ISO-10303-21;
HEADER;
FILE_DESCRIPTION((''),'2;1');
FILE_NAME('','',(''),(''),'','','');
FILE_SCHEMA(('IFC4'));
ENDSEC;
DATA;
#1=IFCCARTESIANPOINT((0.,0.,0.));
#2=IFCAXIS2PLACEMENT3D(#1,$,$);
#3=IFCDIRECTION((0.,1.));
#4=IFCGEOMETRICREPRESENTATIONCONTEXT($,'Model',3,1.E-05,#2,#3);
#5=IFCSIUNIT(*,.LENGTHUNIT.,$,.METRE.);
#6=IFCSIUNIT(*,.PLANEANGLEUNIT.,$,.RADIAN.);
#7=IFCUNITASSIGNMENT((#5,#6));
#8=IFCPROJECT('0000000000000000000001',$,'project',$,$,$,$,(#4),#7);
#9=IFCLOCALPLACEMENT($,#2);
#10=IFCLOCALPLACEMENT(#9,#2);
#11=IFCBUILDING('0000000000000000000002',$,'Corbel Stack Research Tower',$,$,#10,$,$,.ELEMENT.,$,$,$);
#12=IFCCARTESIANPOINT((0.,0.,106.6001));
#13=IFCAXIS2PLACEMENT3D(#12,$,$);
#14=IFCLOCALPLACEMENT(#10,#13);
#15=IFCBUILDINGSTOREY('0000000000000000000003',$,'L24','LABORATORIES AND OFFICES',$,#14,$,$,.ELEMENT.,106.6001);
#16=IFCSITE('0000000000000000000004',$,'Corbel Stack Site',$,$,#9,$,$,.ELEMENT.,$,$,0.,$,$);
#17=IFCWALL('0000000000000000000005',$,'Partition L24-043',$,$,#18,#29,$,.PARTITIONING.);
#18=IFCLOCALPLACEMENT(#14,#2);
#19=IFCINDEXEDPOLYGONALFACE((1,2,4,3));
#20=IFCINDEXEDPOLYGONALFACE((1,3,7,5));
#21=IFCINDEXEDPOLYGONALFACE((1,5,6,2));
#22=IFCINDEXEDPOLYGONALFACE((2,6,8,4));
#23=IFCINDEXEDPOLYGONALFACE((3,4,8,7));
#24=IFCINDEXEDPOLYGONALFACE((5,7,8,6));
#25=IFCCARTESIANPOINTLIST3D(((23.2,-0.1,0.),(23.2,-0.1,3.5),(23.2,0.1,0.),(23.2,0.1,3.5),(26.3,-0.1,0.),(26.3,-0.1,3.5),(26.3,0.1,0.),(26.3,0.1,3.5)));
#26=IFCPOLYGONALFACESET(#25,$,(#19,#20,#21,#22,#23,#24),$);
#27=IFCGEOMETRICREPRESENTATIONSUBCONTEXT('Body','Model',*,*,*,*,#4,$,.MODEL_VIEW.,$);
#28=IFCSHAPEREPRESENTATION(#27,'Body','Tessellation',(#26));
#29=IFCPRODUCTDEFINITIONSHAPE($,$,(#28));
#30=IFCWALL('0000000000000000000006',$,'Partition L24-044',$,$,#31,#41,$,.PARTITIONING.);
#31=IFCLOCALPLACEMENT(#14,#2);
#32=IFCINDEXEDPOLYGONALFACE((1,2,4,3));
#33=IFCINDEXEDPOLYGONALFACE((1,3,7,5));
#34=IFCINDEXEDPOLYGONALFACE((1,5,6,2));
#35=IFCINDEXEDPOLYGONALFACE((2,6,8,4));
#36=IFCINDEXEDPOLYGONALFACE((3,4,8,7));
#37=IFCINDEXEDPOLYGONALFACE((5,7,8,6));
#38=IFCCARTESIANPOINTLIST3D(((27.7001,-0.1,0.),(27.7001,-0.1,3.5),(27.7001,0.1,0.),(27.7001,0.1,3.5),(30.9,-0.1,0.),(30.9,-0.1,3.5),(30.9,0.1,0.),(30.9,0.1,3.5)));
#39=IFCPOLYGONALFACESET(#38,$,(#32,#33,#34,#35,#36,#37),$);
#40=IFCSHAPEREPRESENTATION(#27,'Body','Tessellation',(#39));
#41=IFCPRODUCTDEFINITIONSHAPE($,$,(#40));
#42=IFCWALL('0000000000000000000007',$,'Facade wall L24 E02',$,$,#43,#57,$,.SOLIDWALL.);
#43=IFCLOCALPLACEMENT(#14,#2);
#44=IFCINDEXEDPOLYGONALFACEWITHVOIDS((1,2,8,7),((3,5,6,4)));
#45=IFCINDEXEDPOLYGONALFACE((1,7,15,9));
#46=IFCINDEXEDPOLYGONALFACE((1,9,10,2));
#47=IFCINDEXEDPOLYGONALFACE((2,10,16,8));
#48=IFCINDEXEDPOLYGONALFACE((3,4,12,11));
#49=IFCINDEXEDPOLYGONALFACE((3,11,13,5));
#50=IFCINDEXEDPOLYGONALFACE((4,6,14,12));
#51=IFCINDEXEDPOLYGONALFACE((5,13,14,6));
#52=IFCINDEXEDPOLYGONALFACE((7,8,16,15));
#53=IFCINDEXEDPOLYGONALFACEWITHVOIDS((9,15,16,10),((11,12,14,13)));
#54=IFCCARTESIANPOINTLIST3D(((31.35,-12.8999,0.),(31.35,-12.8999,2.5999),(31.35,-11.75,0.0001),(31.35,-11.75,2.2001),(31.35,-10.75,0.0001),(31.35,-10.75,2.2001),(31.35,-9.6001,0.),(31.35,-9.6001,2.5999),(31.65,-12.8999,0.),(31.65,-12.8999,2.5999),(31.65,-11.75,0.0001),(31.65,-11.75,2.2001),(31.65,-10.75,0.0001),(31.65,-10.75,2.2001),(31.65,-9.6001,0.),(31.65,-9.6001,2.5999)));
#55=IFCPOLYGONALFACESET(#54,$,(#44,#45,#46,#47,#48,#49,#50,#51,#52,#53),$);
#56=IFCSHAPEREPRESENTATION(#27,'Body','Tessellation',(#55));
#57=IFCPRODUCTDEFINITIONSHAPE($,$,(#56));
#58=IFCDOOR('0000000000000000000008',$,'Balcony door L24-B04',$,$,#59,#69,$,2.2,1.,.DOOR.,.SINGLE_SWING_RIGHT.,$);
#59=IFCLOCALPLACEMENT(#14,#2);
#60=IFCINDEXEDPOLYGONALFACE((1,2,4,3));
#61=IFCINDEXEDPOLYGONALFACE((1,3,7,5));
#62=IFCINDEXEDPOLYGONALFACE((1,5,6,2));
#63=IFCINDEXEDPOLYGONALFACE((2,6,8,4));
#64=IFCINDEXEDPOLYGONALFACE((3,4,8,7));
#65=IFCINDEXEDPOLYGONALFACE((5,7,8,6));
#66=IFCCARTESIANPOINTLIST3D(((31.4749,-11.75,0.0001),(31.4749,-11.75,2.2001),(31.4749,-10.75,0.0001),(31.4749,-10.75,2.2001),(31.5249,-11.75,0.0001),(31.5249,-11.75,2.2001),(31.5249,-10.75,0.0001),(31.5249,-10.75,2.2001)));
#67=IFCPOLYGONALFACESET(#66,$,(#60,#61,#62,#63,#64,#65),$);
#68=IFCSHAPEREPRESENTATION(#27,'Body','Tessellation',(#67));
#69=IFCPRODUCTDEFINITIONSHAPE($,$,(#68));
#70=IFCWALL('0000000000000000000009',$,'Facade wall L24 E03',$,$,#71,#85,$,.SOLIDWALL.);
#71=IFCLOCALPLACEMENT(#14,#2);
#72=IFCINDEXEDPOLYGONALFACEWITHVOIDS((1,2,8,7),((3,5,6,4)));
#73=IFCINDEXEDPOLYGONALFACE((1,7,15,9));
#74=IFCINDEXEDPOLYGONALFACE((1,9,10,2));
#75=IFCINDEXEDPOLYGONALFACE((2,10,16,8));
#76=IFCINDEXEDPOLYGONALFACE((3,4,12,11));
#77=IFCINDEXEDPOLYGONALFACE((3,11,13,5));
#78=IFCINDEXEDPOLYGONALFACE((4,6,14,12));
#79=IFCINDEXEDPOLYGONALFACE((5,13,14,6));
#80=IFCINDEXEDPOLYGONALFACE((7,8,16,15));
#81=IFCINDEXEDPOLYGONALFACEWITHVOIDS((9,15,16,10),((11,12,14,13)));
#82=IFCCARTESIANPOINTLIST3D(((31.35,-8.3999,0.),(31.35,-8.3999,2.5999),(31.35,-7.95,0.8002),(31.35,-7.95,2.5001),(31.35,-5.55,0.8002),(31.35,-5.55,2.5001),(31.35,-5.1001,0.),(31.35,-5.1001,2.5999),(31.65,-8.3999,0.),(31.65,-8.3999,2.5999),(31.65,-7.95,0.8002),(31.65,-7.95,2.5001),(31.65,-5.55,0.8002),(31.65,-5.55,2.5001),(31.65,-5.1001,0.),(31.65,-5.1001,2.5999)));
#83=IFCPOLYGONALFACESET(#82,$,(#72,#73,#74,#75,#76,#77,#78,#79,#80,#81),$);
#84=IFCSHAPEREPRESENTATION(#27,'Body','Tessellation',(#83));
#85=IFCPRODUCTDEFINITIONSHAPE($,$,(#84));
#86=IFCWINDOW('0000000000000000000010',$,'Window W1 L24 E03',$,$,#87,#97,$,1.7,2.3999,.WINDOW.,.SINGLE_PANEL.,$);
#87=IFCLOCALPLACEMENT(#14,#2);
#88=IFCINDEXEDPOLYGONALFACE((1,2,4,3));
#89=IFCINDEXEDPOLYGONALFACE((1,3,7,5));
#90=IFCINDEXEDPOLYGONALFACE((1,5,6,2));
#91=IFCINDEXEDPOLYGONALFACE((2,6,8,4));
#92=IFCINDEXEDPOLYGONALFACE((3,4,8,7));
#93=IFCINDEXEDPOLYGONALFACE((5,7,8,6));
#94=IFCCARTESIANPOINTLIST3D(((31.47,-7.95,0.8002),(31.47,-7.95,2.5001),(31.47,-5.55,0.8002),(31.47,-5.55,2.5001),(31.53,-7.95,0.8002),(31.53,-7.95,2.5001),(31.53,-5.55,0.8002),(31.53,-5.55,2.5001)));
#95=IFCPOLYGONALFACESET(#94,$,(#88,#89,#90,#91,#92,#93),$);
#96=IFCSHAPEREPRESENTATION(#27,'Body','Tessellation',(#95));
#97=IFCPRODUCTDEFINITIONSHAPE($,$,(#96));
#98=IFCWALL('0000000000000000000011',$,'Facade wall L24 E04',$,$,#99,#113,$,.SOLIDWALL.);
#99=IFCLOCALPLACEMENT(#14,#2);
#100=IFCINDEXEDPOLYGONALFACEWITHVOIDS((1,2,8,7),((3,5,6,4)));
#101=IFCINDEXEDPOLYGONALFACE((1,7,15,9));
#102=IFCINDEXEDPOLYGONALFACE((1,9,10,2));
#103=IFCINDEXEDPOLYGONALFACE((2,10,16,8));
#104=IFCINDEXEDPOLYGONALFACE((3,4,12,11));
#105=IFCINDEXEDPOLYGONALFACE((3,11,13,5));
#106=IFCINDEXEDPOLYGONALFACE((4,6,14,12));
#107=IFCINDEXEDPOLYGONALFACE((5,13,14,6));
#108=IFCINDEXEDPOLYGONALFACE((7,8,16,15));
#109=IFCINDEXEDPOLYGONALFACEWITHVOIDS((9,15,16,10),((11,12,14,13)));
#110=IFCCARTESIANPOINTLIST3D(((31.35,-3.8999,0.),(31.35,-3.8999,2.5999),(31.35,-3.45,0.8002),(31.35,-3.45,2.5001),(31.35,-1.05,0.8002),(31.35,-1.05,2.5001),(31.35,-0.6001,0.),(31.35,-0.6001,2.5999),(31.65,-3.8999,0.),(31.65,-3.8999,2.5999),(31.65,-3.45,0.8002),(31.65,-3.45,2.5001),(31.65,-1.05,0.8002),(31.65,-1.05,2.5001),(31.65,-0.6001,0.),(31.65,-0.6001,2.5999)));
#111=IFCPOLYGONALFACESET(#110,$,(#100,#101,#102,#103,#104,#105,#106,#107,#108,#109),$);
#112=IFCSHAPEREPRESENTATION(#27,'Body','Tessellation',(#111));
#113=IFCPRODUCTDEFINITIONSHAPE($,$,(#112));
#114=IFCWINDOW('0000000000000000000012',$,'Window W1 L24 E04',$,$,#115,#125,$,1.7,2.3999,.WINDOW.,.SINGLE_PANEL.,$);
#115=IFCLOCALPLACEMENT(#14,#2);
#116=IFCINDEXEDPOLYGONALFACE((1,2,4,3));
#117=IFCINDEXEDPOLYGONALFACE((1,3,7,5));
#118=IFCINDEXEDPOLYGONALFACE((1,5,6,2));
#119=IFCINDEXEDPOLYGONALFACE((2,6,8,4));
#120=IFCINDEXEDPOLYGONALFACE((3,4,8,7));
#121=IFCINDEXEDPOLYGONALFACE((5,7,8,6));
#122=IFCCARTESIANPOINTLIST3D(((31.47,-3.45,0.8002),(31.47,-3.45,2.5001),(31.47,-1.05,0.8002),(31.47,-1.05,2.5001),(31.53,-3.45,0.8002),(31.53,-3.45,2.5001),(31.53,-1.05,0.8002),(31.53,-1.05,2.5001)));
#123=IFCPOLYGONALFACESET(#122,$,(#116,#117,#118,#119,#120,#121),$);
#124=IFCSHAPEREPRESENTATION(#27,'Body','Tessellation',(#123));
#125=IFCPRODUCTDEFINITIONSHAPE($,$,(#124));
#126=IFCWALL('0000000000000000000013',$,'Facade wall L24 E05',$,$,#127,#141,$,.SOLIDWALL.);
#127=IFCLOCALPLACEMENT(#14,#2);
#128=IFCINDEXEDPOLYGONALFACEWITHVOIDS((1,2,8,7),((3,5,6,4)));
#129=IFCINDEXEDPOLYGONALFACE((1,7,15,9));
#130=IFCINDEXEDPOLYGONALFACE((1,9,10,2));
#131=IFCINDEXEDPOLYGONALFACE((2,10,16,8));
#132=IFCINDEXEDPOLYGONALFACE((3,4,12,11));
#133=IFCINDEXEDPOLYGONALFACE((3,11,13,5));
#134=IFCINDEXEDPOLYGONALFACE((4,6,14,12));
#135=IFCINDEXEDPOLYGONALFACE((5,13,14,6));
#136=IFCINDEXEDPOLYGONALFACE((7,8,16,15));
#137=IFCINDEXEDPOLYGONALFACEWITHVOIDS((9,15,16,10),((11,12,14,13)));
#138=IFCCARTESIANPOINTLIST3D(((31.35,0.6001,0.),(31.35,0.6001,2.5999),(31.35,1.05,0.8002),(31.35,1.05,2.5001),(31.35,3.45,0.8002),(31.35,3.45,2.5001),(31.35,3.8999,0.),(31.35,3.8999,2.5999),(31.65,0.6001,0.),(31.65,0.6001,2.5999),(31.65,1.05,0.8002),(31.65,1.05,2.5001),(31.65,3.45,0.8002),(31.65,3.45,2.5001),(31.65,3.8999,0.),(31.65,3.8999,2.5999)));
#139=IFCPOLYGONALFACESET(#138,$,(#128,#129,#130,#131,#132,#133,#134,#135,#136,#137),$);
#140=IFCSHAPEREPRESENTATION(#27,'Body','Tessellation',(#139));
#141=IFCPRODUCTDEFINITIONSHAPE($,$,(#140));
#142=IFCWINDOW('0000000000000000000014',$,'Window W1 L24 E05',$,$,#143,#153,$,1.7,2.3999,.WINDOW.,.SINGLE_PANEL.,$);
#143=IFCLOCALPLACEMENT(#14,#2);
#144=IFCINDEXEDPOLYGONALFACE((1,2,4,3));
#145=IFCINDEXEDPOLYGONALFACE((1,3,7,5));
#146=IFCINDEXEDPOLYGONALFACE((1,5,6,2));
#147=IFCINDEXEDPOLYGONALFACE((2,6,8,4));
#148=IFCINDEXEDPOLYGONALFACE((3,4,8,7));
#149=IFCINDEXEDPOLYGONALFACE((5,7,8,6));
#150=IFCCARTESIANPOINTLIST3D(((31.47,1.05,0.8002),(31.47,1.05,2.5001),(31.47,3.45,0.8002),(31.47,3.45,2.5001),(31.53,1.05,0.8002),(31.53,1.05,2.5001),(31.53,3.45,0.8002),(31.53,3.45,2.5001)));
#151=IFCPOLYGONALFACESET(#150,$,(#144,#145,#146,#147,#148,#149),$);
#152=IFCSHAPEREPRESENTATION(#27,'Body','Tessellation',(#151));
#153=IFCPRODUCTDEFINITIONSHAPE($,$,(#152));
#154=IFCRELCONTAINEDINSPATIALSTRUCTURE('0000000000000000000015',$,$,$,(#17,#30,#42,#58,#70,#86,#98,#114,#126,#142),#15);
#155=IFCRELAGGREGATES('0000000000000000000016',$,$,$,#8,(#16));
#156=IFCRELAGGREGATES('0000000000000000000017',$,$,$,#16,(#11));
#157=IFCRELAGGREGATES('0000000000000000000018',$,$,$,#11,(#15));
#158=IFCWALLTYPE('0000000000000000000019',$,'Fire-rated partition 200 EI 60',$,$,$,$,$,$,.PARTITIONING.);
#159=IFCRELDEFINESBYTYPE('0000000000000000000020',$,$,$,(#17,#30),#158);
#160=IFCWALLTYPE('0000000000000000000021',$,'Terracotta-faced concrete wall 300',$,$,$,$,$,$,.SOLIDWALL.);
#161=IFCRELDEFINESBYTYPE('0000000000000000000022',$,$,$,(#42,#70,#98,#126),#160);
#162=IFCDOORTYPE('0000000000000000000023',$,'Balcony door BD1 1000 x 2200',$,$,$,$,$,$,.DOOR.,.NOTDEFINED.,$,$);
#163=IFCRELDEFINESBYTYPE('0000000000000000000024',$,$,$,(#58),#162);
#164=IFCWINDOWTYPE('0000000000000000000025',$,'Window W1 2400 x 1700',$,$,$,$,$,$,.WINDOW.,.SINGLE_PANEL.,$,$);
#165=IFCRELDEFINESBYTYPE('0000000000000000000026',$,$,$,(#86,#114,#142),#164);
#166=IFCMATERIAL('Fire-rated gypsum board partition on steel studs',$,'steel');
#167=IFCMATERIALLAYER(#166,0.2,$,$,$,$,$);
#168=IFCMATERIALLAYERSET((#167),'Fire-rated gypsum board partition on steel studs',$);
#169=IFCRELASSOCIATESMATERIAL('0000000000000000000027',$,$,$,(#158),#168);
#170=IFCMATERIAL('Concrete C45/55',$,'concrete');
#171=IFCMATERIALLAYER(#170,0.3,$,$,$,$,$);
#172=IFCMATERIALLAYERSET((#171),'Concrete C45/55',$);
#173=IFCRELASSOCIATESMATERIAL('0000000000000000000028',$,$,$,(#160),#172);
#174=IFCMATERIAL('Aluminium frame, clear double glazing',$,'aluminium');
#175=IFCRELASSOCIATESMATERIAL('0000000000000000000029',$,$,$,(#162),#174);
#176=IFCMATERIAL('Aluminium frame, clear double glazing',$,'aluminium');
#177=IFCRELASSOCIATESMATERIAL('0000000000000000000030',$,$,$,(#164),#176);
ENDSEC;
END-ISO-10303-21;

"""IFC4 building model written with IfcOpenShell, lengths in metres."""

from ifc_helpers import new_model, si_unit, direction, frame, frame_2d, origin, place, context, subcontext, project, spatial, rectangle, extrude, material, layer, layer_set, type_object, element, fill, save


model = new_model("IFC4")

# Units and contexts
model_context = context("Model", 3, precision=1e-05, world=origin(), true_north=direction((0.0, 1.0)))
body_context = subcontext(model_context, "Body", "Model", "MODEL_VIEW")
ifc_project = project(units=[si_unit("LENGTHUNIT", "METRE"), si_unit("PLANEANGLEUNIT", "RADIAN")], contexts=[model_context])

# Site, building, storey
site_placement = place(None, origin())
site = spatial("IfcSite", under=ifc_project, at=site_placement, Name="Corbel Stack Site", CompositionType="ELEMENT", RefElevation=0.0)
building_placement = place(site_placement, origin())
building = spatial("IfcBuilding", under=site, at=building_placement, Name="Corbel Stack Research Tower", CompositionType="ELEMENT")
storey_placement = place(building_placement, frame((0.0, 0.0, 106.6001)))
storey = spatial("IfcBuildingStorey", under=building, at=storey_placement, Name="L24", Description="LABORATORIES AND OFFICES", CompositionType="ELEMENT", Elevation=106.6001)

# Walls
ifc_material_1 = material(Name="Fire-rated gypsum board partition on steel studs", Category="steel")
ifc_layer_1 = layer(ifc_material_1, 0.2)
ifc_layer_set_1 = layer_set([ifc_layer_1], Name="Fire-rated gypsum board partition on steel studs")
wall_type_1 = type_object("IfcWallType", Name="Fire-rated partition 200 EI 60", PredefinedType="PARTITIONING", material=ifc_layer_set_1)
wall_1_placement = place(storey_placement, frame((23.2, 0.0, 0.0), z_axis=(0.0, 0.0, 1.0), x_axis=(1.0, 0.0, 0.0)))
element("IfcWall", 1, at=wall_1_placement, inside=storey, type_object=wall_type_1, Name="Partition L24-043", PredefinedType="PARTITIONING", context=body_context, shape_type="SweptSolid", body=[
    extrude(rectangle(XDim=3.1001, YDim=0.2, at=frame_2d((1.55, 0.0))), origin(), (0.0, 0.0, 1.0), 3.5),
])
wall_2_placement = place(storey_placement, frame((27.7, 0.0, 0.0), z_axis=(0.0, 0.0, 1.0), x_axis=(1.0, 0.0, 0.0)))
element("IfcWall", 2, at=wall_2_placement, inside=storey, type_object=wall_type_1, Name="Partition L24-044", PredefinedType="PARTITIONING", context=body_context, shape_type="SweptSolid", body=[
    extrude(rectangle(XDim=3.2, YDim=0.2, at=frame_2d((1.6001, 0.0))), origin(), (0.0, 0.0, 1.0), 3.5),
])

# Wall, opening, door
ifc_material_2 = material(Name="Concrete C45/55", Category="concrete")
ifc_layer_2 = layer(ifc_material_2, 0.3)
ifc_layer_set_2 = layer_set([ifc_layer_2], Name="Concrete C45/55")
wall_type_2 = type_object("IfcWallType", Name="Terracotta-faced concrete wall 300", PredefinedType="SOLIDWALL", material=ifc_layer_set_2)
wall_3_placement = place(storey_placement, frame((31.5, -9.6001, 0.0), z_axis=(0.0, 0.0, 1.0), x_axis=(0.0, -1.0, 0.0)))
wall_3 = element("IfcWall", 3, at=wall_3_placement, inside=storey, type_object=wall_type_2, Name="Facade wall L24 E02", PredefinedType="SOLIDWALL", context=body_context, shape_type="SweptSolid", body=[
    extrude(rectangle(XDim=3.2998, YDim=0.3, at=frame_2d((1.6499, 0.0))), origin(), (0.0, 0.0, 1.0), 2.5999),
])
opening_1_placement = place(wall_3_placement, frame((1.1499, 0.0, 0.0)))
opening_1 = element("IfcOpeningElement", 4, at=opening_1_placement, cuts=wall_3, PredefinedType="OPENING", context=body_context, shape_type="SweptSolid", body=[
    extrude(rectangle(XDim=1.0, YDim=2.2, at=frame_2d((0.5, 1.1001))), frame((0.0, 0.1599, 0.0), z_axis=(0.0, -1.0, 0.0), x_axis=(1.0, 0.0, 0.0)), (0.0, 0.0, 1.0), 0.3201),
])
ifc_material_3 = material(Name="Aluminium frame, clear double glazing", Category="aluminium")
door_type = type_object("IfcDoorType", Name="Balcony door BD1 1000 x 2200", OperationType="NOTDEFINED", PredefinedType="DOOR", material=ifc_material_3)
door_placement = place(opening_1_placement, origin())
door = element("IfcDoor", 5, at=door_placement, inside=storey, type_object=door_type, Name="Balcony door L24-B04", OperationType="SINGLE_SWING_RIGHT", OverallHeight=2.2, OverallWidth=1.0, PredefinedType="DOOR", context=body_context, shape_type="SweptSolid", body=[
    extrude(rectangle(XDim=1.0, YDim=2.2, at=frame_2d((0.5, 1.1001))), frame((0.0, 0.0249, 0.0), z_axis=(0.0, -1.0, 0.0), x_axis=(1.0, 0.0, 0.0)), (0.0, 0.0, 1.0), 0.05),
])
fill(opening_1, door)

# Walls, openings, windows
wall_4_placement = place(storey_placement, frame((31.5, -5.1001, 0.0), z_axis=(0.0, 0.0, 1.0), x_axis=(0.0, -1.0, 0.0)))
wall_4 = element("IfcWall", 6, at=wall_4_placement, inside=storey, type_object=wall_type_2, Name="Facade wall L24 E03", PredefinedType="SOLIDWALL", context=body_context, shape_type="SweptSolid", body=[
    extrude(rectangle(XDim=3.2998, YDim=0.3, at=frame_2d((1.6499, 0.0))), origin(), (0.0, 0.0, 1.0), 2.5999),
])
opening_2_placement = place(wall_4_placement, frame((0.45, 0.0, 0.8)))
opening_2 = element("IfcOpeningElement", 7, at=opening_2_placement, cuts=wall_4, PredefinedType="OPENING", context=body_context, shape_type="SweptSolid", body=[
    extrude(rectangle(XDim=2.3999, YDim=1.7, at=frame_2d((1.2, 0.8501))), frame((0.0, 0.1599, 0.0), z_axis=(0.0, -1.0, 0.0), x_axis=(1.0, 0.0, 0.0)), (0.0, 0.0, 1.0), 0.3201),
])
ifc_material_4 = material(Name="Aluminium frame, clear double glazing", Category="aluminium")
window_type = type_object("IfcWindowType", Name="Window W1 2400 x 1700", PartitioningType="SINGLE_PANEL", PredefinedType="WINDOW", material=ifc_material_4)
window_1_placement = place(opening_2_placement, origin())
window_1 = element("IfcWindow", 8, at=window_1_placement, inside=storey, type_object=window_type, Name="Window W1 L24 E03", OverallHeight=1.7, OverallWidth=2.3999, PartitioningType="SINGLE_PANEL", PredefinedType="WINDOW", context=body_context, shape_type="SweptSolid", body=[
    extrude(rectangle(XDim=2.3999, YDim=1.7, at=frame_2d((1.2, 0.8501))), frame((0.0, 0.03, 0.0), z_axis=(0.0, -1.0, 0.0), x_axis=(1.0, 0.0, 0.0)), (0.0, 0.0, 1.0), 0.0601),
])
fill(opening_2, window_1)
wall_5_placement = place(storey_placement, frame((31.5, -0.6001, 0.0), z_axis=(0.0, 0.0, 1.0), x_axis=(0.0, -1.0, 0.0)))
wall_5 = element("IfcWall", 9, at=wall_5_placement, inside=storey, type_object=wall_type_2, Name="Facade wall L24 E04", PredefinedType="SOLIDWALL", context=body_context, shape_type="SweptSolid", body=[
    extrude(rectangle(XDim=3.2998, YDim=0.3, at=frame_2d((1.6499, 0.0))), origin(), (0.0, 0.0, 1.0), 2.5999),
])
opening_3_placement = place(wall_5_placement, frame((0.45, 0.0, 0.8)))
opening_3 = element("IfcOpeningElement", 10, at=opening_3_placement, cuts=wall_5, PredefinedType="OPENING", context=body_context, shape_type="SweptSolid", body=[
    extrude(rectangle(XDim=2.3999, YDim=1.7, at=frame_2d((1.2, 0.8501))), frame((0.0, 0.1599, 0.0), z_axis=(0.0, -1.0, 0.0), x_axis=(1.0, 0.0, 0.0)), (0.0, 0.0, 1.0), 0.3201),
])
window_2_placement = place(opening_3_placement, origin())
window_2 = element("IfcWindow", 11, at=window_2_placement, inside=storey, type_object=window_type, Name="Window W1 L24 E04", OverallHeight=1.7, OverallWidth=2.3999, PartitioningType="SINGLE_PANEL", PredefinedType="WINDOW", context=body_context, shape_type="SweptSolid", body=[
    extrude(rectangle(XDim=2.3999, YDim=1.7, at=frame_2d((1.2, 0.8501))), frame((0.0, 0.03, 0.0), z_axis=(0.0, -1.0, 0.0), x_axis=(1.0, 0.0, 0.0)), (0.0, 0.0, 1.0), 0.0601),
])
fill(opening_3, window_2)
wall_6_placement = place(storey_placement, frame((31.5, 3.8999, 0.0), z_axis=(0.0, 0.0, 1.0), x_axis=(0.0, -1.0, 0.0)))
wall_6 = element("IfcWall", 12, at=wall_6_placement, inside=storey, type_object=wall_type_2, Name="Facade wall L24 E05", PredefinedType="SOLIDWALL", context=body_context, shape_type="SweptSolid", body=[
    extrude(rectangle(XDim=3.2998, YDim=0.3, at=frame_2d((1.6499, 0.0))), origin(), (0.0, 0.0, 1.0), 2.5999),
])
opening_4_placement = place(wall_6_placement, frame((0.45, 0.0, 0.8)))
opening_4 = element("IfcOpeningElement", 13, at=opening_4_placement, cuts=wall_6, PredefinedType="OPENING", context=body_context, shape_type="SweptSolid", body=[
    extrude(rectangle(XDim=2.3999, YDim=1.7, at=frame_2d((1.2, 0.8501))), frame((0.0, 0.1599, 0.0), z_axis=(0.0, -1.0, 0.0), x_axis=(1.0, 0.0, 0.0)), (0.0, 0.0, 1.0), 0.3201),
])
window_3_placement = place(opening_4_placement, origin())
window_3 = element("IfcWindow", 14, at=window_3_placement, inside=storey, type_object=window_type, Name="Window W1 L24 E05", OverallHeight=1.7, OverallWidth=2.3999, PartitioningType="SINGLE_PANEL", PredefinedType="WINDOW", context=body_context, shape_type="SweptSolid", body=[
    extrude(rectangle(XDim=2.3999, YDim=1.7, at=frame_2d((1.2, 0.8501))), frame((0.0, 0.03, 0.0), z_axis=(0.0, -1.0, 0.0), x_axis=(1.0, 0.0, 0.0)), (0.0, 0.0, 1.0), 0.0601),
])
fill(opening_4, window_3)

save(model, "model.ifc")
